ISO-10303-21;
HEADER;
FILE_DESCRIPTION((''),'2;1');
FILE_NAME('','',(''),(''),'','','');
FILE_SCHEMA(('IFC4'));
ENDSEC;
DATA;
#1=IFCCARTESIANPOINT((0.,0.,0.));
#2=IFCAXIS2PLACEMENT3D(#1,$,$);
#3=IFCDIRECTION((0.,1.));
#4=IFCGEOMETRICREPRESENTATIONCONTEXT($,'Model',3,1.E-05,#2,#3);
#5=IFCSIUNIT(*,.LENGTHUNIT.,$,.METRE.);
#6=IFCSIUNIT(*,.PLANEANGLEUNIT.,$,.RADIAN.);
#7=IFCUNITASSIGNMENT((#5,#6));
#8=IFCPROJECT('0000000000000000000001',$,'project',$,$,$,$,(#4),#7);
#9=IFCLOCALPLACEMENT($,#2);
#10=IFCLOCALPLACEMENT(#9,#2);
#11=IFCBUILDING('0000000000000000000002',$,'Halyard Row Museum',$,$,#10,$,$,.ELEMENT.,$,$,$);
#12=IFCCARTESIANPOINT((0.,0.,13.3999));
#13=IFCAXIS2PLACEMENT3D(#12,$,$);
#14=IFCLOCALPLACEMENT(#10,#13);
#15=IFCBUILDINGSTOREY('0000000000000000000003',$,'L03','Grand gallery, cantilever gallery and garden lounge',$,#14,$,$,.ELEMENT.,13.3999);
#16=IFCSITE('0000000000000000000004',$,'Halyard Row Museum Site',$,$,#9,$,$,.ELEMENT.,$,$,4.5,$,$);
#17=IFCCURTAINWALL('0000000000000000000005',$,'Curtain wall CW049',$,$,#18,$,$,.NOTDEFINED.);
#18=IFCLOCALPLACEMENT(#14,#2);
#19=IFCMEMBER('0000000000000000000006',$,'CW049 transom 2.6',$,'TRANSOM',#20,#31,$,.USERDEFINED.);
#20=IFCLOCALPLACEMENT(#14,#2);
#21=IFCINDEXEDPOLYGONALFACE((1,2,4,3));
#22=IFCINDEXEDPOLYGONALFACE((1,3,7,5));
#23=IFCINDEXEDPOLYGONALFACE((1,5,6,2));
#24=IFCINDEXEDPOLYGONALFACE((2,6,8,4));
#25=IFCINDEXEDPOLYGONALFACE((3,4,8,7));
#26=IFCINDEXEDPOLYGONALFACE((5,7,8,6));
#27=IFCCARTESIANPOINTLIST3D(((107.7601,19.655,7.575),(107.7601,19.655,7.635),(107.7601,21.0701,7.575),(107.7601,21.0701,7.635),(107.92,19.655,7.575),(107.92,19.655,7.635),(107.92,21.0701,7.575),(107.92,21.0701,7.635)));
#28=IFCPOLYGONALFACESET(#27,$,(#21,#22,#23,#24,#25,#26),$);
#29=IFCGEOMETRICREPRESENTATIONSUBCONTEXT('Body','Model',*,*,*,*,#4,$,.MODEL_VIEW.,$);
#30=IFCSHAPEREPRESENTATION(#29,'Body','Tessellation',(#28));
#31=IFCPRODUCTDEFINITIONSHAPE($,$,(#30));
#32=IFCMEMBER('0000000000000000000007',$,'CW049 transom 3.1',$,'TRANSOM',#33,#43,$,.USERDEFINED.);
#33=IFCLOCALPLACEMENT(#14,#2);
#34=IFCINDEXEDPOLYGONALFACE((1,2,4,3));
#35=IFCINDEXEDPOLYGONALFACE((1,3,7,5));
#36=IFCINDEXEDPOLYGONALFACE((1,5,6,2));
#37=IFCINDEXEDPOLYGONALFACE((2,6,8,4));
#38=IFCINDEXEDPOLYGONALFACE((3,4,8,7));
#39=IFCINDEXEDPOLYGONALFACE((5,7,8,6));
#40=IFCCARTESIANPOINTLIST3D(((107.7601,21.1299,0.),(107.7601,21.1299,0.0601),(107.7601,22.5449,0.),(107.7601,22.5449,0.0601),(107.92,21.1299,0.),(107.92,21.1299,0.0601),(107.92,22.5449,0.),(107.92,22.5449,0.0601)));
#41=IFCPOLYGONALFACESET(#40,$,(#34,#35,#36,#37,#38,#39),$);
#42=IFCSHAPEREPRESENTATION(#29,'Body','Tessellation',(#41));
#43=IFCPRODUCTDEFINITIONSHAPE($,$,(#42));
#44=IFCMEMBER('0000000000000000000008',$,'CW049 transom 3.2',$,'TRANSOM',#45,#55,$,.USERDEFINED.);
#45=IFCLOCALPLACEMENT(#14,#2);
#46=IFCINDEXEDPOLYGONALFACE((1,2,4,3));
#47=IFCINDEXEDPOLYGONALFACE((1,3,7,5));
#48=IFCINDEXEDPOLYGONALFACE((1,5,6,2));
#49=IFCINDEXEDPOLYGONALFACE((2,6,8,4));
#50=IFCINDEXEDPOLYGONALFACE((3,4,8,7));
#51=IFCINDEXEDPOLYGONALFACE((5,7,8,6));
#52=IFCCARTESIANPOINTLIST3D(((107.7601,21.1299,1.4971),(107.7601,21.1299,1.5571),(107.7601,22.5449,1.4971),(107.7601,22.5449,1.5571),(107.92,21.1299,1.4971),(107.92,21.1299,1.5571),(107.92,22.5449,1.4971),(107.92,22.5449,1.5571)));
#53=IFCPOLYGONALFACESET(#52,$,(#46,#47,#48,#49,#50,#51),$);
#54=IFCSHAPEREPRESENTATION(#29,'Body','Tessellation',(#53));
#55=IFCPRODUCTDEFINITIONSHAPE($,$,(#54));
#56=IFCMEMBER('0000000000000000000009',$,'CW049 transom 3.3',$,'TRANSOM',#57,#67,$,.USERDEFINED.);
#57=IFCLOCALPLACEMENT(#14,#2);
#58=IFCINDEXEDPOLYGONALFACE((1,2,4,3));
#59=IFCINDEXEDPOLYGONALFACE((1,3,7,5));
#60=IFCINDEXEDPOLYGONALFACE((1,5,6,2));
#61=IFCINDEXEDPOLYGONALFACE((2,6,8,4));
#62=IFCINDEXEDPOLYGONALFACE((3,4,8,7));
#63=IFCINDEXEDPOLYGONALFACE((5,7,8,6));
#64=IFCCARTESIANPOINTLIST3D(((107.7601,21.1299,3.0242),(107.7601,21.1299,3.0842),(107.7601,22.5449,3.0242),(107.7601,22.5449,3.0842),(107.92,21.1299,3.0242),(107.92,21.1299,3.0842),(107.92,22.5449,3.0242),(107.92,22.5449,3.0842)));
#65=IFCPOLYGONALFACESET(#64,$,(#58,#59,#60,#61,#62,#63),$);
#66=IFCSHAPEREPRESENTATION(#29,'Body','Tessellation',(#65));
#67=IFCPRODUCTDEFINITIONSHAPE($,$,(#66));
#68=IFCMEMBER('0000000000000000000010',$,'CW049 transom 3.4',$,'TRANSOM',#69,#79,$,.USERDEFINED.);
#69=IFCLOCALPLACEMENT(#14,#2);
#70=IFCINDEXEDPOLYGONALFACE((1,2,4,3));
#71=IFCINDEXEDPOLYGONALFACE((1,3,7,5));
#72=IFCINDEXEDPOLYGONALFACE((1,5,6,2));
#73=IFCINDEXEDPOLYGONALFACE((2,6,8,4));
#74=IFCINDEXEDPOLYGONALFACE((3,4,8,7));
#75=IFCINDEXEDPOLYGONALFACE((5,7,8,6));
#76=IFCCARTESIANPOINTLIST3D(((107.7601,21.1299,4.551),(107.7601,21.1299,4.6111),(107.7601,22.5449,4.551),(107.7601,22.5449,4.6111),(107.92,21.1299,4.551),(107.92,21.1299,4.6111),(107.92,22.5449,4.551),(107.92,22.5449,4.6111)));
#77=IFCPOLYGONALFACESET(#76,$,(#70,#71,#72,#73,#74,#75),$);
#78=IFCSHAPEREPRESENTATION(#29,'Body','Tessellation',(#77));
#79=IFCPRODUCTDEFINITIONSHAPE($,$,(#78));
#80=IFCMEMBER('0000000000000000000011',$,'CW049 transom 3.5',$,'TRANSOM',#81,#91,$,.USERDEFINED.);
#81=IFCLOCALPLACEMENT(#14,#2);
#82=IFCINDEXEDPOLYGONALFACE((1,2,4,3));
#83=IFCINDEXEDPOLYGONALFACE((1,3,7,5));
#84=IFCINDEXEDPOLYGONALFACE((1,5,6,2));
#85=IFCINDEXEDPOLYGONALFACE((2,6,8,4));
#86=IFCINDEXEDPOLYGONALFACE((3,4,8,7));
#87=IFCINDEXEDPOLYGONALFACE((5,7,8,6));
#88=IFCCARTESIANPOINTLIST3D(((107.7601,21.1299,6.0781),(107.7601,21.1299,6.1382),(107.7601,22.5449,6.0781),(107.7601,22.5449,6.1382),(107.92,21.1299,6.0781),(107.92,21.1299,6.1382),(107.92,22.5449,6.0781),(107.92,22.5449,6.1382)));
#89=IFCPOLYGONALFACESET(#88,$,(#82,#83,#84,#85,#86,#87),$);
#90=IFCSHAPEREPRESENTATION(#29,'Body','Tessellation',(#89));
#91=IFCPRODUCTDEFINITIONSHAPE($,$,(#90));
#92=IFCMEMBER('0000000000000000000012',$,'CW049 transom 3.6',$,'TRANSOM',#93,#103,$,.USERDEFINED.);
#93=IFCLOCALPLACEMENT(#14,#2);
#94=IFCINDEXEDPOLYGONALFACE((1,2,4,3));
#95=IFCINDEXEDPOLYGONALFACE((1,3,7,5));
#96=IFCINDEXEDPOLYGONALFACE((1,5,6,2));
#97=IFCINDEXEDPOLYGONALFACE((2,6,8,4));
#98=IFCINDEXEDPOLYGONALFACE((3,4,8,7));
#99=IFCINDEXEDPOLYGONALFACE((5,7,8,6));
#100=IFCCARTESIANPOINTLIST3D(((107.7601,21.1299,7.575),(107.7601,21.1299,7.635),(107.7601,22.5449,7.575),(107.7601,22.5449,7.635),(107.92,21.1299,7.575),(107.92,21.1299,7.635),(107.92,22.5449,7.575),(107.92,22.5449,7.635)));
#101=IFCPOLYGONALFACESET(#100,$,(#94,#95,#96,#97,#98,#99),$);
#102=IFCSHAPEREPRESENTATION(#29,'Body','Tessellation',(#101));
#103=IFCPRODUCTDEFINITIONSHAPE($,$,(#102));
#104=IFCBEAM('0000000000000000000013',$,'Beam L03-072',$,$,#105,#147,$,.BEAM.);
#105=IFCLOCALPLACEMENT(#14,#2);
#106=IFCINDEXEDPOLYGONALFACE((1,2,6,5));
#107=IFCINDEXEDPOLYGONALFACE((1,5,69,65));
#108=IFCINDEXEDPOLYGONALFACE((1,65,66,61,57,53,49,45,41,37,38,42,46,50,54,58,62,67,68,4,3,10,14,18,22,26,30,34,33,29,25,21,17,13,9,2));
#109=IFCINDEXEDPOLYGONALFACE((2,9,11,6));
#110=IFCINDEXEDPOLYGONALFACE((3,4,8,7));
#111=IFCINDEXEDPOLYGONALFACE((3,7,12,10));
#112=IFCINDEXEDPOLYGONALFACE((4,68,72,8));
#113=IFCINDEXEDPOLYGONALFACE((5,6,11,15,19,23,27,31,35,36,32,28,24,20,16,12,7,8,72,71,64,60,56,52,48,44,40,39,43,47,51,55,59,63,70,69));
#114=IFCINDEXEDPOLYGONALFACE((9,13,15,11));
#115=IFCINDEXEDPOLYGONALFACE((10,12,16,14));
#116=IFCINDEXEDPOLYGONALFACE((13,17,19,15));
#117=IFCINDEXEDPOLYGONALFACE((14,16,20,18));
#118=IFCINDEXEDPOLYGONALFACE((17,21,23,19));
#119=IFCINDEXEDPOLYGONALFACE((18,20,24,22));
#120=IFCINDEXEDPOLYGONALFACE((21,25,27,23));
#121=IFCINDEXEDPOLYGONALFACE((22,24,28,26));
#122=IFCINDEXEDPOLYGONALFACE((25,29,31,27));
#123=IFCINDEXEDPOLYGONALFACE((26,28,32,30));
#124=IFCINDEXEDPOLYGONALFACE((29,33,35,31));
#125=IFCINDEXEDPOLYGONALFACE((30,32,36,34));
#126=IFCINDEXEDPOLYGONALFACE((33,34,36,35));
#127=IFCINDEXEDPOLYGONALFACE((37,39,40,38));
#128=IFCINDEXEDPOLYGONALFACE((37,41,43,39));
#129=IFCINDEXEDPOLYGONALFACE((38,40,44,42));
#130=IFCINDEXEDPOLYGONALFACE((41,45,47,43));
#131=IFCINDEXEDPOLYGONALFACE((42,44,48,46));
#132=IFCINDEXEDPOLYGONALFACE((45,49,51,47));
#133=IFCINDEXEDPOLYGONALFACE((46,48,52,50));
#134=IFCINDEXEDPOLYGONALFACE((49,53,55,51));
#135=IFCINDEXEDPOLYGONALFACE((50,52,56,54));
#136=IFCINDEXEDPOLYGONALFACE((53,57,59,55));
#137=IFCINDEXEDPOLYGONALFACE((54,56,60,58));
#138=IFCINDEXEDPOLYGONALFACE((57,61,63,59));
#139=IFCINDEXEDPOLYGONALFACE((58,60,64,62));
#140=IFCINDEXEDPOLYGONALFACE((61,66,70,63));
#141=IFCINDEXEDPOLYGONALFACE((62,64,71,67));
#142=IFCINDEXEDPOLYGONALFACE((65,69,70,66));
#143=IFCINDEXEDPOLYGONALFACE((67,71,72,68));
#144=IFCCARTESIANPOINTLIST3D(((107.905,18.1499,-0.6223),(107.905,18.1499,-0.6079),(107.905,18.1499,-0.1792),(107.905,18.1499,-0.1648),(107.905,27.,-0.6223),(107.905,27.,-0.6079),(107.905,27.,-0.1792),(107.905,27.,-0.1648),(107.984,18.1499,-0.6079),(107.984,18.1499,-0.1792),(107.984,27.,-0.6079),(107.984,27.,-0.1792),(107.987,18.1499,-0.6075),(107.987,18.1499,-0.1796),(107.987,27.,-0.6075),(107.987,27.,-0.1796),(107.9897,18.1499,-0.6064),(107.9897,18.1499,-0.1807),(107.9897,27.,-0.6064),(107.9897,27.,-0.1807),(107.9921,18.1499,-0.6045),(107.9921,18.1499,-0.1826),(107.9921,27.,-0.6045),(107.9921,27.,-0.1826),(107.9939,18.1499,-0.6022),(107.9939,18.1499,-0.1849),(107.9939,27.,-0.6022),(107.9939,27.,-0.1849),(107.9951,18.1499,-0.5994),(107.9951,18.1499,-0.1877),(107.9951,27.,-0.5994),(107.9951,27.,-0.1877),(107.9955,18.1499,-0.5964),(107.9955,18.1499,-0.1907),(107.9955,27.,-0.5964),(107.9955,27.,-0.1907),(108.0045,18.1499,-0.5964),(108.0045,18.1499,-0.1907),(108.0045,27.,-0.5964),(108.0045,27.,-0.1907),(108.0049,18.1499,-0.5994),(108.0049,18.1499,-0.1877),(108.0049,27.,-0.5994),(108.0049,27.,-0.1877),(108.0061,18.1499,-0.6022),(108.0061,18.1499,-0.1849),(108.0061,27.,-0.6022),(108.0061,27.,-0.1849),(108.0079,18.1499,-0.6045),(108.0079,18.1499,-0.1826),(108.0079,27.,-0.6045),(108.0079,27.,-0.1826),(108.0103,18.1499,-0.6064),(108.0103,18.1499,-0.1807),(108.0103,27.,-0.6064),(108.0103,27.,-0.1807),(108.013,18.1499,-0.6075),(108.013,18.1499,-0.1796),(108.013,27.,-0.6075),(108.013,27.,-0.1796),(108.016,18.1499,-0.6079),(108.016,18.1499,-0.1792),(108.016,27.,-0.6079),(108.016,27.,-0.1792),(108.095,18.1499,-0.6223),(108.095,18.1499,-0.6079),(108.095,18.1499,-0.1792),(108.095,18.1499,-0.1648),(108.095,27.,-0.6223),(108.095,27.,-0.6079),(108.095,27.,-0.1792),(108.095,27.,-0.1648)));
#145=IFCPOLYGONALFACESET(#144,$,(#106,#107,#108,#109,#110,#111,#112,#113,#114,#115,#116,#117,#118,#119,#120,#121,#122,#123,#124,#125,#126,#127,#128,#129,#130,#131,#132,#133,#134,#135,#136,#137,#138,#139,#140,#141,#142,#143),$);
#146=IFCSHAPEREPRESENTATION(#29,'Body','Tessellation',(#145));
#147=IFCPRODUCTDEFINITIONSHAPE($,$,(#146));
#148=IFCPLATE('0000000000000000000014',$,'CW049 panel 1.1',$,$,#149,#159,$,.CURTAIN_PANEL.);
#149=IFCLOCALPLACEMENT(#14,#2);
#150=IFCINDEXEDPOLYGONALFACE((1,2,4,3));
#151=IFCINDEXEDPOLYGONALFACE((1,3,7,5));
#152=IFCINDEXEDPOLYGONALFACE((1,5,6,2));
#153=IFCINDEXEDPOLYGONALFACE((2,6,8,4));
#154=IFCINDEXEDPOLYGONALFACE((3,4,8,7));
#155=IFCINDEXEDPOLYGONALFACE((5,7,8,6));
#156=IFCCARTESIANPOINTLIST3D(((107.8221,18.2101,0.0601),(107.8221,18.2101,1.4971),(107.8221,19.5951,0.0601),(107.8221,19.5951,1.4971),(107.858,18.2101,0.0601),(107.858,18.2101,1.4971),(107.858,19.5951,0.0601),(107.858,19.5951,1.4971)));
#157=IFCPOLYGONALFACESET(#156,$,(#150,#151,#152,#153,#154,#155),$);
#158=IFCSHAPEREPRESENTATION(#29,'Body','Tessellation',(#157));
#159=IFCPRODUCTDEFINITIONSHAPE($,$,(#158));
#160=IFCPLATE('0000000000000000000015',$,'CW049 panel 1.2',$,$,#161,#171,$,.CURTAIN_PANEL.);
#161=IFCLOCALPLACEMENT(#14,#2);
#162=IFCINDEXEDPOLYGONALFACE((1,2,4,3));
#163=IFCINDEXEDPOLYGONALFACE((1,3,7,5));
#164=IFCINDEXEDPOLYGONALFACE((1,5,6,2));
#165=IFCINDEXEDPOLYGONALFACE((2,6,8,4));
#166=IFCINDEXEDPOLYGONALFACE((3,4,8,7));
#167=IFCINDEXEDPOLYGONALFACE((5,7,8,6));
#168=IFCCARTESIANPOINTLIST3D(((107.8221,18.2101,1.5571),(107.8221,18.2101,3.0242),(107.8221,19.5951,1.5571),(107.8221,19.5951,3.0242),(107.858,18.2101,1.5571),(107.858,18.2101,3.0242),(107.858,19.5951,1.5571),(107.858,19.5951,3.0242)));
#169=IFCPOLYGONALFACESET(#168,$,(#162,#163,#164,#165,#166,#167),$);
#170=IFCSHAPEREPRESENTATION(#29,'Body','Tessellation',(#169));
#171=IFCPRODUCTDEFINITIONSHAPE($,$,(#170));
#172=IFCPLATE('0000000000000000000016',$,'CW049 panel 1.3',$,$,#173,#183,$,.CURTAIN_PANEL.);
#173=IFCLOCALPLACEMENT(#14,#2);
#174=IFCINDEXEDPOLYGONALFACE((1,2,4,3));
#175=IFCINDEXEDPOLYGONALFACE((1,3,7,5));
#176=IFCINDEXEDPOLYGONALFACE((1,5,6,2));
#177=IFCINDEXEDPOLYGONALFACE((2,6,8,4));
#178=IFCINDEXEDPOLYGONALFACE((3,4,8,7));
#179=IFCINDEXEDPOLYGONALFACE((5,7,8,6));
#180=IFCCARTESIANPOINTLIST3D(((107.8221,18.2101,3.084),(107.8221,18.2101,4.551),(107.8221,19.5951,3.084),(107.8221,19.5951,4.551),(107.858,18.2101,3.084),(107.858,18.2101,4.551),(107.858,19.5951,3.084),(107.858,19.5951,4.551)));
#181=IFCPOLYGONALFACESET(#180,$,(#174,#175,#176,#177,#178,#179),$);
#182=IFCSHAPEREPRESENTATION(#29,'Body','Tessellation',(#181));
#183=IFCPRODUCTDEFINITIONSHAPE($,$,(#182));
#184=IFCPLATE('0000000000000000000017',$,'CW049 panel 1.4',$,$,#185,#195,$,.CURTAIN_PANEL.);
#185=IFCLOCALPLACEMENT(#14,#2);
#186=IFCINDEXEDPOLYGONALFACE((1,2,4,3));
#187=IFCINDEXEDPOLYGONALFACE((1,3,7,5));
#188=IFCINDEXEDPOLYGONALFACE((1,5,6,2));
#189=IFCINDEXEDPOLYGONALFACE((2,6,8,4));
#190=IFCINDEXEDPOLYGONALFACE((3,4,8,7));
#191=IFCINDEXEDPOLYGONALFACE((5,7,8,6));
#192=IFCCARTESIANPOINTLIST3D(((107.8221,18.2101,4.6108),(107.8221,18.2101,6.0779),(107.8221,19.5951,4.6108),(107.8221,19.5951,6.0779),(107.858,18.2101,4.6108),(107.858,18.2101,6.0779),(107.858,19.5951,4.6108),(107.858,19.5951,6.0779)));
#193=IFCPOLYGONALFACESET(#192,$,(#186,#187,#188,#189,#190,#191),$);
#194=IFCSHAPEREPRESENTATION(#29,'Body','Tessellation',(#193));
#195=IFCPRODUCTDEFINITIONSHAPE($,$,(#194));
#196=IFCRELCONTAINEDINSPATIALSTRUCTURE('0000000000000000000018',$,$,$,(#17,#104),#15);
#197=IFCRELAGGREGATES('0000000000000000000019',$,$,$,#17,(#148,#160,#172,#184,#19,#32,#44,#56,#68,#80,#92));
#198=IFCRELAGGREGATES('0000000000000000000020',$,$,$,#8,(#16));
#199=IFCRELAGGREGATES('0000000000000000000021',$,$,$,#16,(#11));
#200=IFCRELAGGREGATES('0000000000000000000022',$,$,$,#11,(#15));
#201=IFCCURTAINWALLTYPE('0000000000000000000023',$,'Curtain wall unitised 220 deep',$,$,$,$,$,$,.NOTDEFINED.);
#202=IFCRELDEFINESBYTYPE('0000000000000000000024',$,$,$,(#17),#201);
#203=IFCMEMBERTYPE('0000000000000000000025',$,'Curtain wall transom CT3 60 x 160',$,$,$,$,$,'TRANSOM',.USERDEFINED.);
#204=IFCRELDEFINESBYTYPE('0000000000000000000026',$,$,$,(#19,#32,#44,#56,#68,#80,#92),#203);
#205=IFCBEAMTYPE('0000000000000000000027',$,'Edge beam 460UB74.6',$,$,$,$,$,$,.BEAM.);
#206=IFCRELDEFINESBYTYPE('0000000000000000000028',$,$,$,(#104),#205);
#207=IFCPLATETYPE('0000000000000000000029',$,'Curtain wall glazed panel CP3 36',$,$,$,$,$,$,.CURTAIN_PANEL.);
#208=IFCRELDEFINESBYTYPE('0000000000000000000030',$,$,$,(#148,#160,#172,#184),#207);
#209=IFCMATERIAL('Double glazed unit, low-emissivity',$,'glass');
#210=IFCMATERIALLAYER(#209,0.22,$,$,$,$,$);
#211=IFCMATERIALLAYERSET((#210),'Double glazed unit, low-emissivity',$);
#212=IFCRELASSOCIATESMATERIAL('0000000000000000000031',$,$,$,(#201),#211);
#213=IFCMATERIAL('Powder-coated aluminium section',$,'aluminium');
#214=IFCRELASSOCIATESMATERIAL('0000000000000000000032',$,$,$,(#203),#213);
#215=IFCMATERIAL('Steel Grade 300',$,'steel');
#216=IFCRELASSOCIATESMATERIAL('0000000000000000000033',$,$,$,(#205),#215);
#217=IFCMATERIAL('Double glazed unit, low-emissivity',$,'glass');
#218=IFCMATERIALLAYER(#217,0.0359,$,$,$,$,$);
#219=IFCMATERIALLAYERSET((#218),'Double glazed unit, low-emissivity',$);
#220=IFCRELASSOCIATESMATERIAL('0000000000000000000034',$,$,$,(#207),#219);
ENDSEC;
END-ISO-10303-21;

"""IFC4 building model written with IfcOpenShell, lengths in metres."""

from ifc_helpers import new_model, si_unit, direction, frame, origin, origin_2d, place, context, subcontext, project, spatial, rectangle, i_section, extrude, material, layer, layer_set, material_profile, profile_set, type_object, element, aggregate, save


model = new_model("IFC4")

# Units and contexts
model_context = context("Model", 3, precision=1e-05, world=origin(), true_north=direction((0.0, 1.0)))
body_context = subcontext(model_context, "Body", "Model", "MODEL_VIEW")
ifc_project = project(units=[si_unit("LENGTHUNIT", "METRE"), si_unit("PLANEANGLEUNIT", "RADIAN")], contexts=[model_context])

# Site, building, storey
site_placement = place(None, origin())
site = spatial("IfcSite", under=ifc_project, at=site_placement, Name="Halyard Row Museum Site", CompositionType="ELEMENT", RefElevation=4.5)
building_placement = place(site_placement, origin())
building = spatial("IfcBuilding", under=site, at=building_placement, Name="Halyard Row Museum", CompositionType="ELEMENT")
storey_placement = place(building_placement, frame((0.0, 0.0, 13.3999)))
storey = spatial("IfcBuildingStorey", under=building, at=storey_placement, Name="L03", Description="Grand gallery, cantilever gallery and garden lounge", CompositionType="ELEMENT", Elevation=13.3999)

# Curtain wall, members
ifc_material_1 = material(Name="Double glazed unit, low-emissivity", Category="glass")
ifc_layer_1 = layer(ifc_material_1, 0.22)
ifc_layer_set_1 = layer_set([ifc_layer_1], Name="Double glazed unit, low-emissivity")
curtain_wall_type = type_object("IfcCurtainWallType", Name="Curtain wall unitised 220 deep", PredefinedType="NOTDEFINED", material=ifc_layer_set_1)
curtain_wall_placement = place(storey_placement, origin())
curtain_wall = element("IfcCurtainWall", 1, at=curtain_wall_placement, inside=storey, type_object=curtain_wall_type, Name="Curtain wall CW049", PredefinedType="NOTDEFINED")
ifc_material_2 = material(Name="Powder-coated aluminium section", Category="aluminium")
ifc_material_profile_1 = material_profile(ifc_material_2, rectangle(XDim=0.1599, YDim=0.0601, at=origin_2d()), Name="160x60 transom")
ifc_profile_set_1 = profile_set([ifc_material_profile_1], Name="Powder-coated aluminium section")
member_type_1 = type_object("IfcMemberType", Name="Curtain wall transom CT3 60 x 160", ElementType="TRANSOM", PredefinedType="USERDEFINED", material=ifc_profile_set_1)
member_1_placement = place(storey_placement, frame((107.8401, 19.655, 7.605), z_axis=(0.0, 1.0, 0.0), x_axis=(-1.0, 0.0, 0.0)))
member_1 = element("IfcMember", 2, at=member_1_placement, type_object=member_type_1, Name="CW049 transom 2.6", ObjectType="TRANSOM", PredefinedType="USERDEFINED", context=body_context, shape_type="SweptSolid", body=[
    extrude(rectangle(XDim=0.1599, YDim=0.0601, at=origin_2d()), origin(), (0.0, 0.0, 1.0), 1.415),
])
member_2_placement = place(storey_placement, frame((107.8401, 21.1299, 0.03), z_axis=(0.0, 1.0, 0.0), x_axis=(-1.0, 0.0, 0.0)))
member_2 = element("IfcMember", 3, at=member_2_placement, type_object=member_type_1, Name="CW049 transom 3.1", ObjectType="TRANSOM", PredefinedType="USERDEFINED", context=body_context, shape_type="SweptSolid", body=[
    extrude(rectangle(XDim=0.1599, YDim=0.0601, at=origin_2d()), origin(), (0.0, 0.0, 1.0), 1.415),
])
member_3_placement = place(storey_placement, frame((107.8401, 21.1299, 1.5271), z_axis=(0.0, 1.0, 0.0), x_axis=(-1.0, 0.0, 0.0)))
member_3 = element("IfcMember", 4, at=member_3_placement, type_object=member_type_1, Name="CW049 transom 3.2", ObjectType="TRANSOM", PredefinedType="USERDEFINED", context=body_context, shape_type="SweptSolid", body=[
    extrude(rectangle(XDim=0.1599, YDim=0.0601, at=origin_2d()), origin(), (0.0, 0.0, 1.0), 1.415),
])
member_4_placement = place(storey_placement, frame((107.8401, 21.1299, 3.0542), z_axis=(0.0, 1.0, 0.0), x_axis=(-1.0, 0.0, 0.0)))
member_4 = element("IfcMember", 5, at=member_4_placement, type_object=member_type_1, Name="CW049 transom 3.3", ObjectType="TRANSOM", PredefinedType="USERDEFINED", context=body_context, shape_type="SweptSolid", body=[
    extrude(rectangle(XDim=0.1599, YDim=0.0601, at=origin_2d()), origin(), (0.0, 0.0, 1.0), 1.415),
])
member_5_placement = place(storey_placement, frame((107.8401, 21.1299, 4.5811), z_axis=(0.0, 1.0, 0.0), x_axis=(-1.0, 0.0, 0.0)))
member_5 = element("IfcMember", 6, at=member_5_placement, type_object=member_type_1, Name="CW049 transom 3.4", ObjectType="TRANSOM", PredefinedType="USERDEFINED", context=body_context, shape_type="SweptSolid", body=[
    extrude(rectangle(XDim=0.1599, YDim=0.0601, at=origin_2d()), origin(), (0.0, 0.0, 1.0), 1.415),
])
member_6_placement = place(storey_placement, frame((107.8401, 21.1299, 6.1082), z_axis=(0.0, 1.0, 0.0), x_axis=(-1.0, 0.0, 0.0)))
member_6 = element("IfcMember", 7, at=member_6_placement, type_object=member_type_1, Name="CW049 transom 3.5", ObjectType="TRANSOM", PredefinedType="USERDEFINED", context=body_context, shape_type="SweptSolid", body=[
    extrude(rectangle(XDim=0.1599, YDim=0.0601, at=origin_2d()), origin(), (0.0, 0.0, 1.0), 1.415),
])
member_7_placement = place(storey_placement, frame((107.8401, 21.1299, 7.605), z_axis=(0.0, 1.0, 0.0), x_axis=(-1.0, 0.0, 0.0)))
member_7 = element("IfcMember", 8, at=member_7_placement, type_object=member_type_1, Name="CW049 transom 3.6", ObjectType="TRANSOM", PredefinedType="USERDEFINED", context=body_context, shape_type="SweptSolid", body=[
    extrude(rectangle(XDim=0.1599, YDim=0.0601, at=origin_2d()), origin(), (0.0, 0.0, 1.0), 1.415),
])

# Beam
ifc_material_3 = material(Name="Steel Grade 300", Category="steel")
ifc_material_profile_2 = material_profile(ifc_material_3, i_section(OverallWidth=0.1899, OverallDepth=0.4575, WebThickness=0.009, FlangeThickness=0.0144, FilletRadius=0.0115, at=origin_2d()), Name="460UB74.6")
ifc_profile_set_2 = profile_set([ifc_material_profile_2], Name="Steel Grade 300")
beam_type = type_object("IfcBeamType", Name="Edge beam 460UB74.6", PredefinedType="BEAM", material=ifc_profile_set_2)
beam_placement = place(storey_placement, frame((108.0, 18.1499, -0.3936), z_axis=(0.0, 1.0, 0.0), x_axis=(-1.0, 0.0, 0.0)))
element("IfcBeam", 9, at=beam_placement, inside=storey, type_object=beam_type, Name="Beam L03-072", PredefinedType="BEAM", context=body_context, shape_type="SweptSolid", body=[
    extrude(i_section(OverallWidth=0.1899, OverallDepth=0.4575, WebThickness=0.009, FlangeThickness=0.0144, FilletRadius=0.0115, at=origin_2d()), origin(), (0.0, 0.0, 1.0), 8.8501),
])

# Plates
ifc_material_4 = material(Name="Double glazed unit, low-emissivity", Category="glass")
ifc_layer_2 = layer(ifc_material_4, 0.0359)
ifc_layer_set_2 = layer_set([ifc_layer_2], Name="Double glazed unit, low-emissivity")
plate_type = type_object("IfcPlateType", Name="Curtain wall glazed panel CP3 36", PredefinedType="CURTAIN_PANEL", material=ifc_layer_set_2)
plate_1_placement = place(storey_placement, frame((107.8401, 18.9026, 0.0601), z_axis=(0.0, 0.0, 1.0), x_axis=(0.0, 1.0, 0.0)))
plate_1 = element("IfcPlate", 10, at=plate_1_placement, type_object=plate_type, Name="CW049 panel 1.1", PredefinedType="CURTAIN_PANEL", context=body_context, shape_type="SweptSolid", body=[
    extrude(rectangle(XDim=1.385, YDim=0.0359, at=origin_2d()), origin(), (0.0, 0.0, 1.0), 1.437),
])
plate_2_placement = place(storey_placement, frame((107.8401, 18.9026, 1.5571), z_axis=(0.0, 0.0, 1.0), x_axis=(0.0, 1.0, 0.0)))
plate_2 = element("IfcPlate", 11, at=plate_2_placement, type_object=plate_type, Name="CW049 panel 1.2", PredefinedType="CURTAIN_PANEL", context=body_context, shape_type="SweptSolid", body=[
    extrude(rectangle(XDim=1.385, YDim=0.0359, at=origin_2d()), origin(), (0.0, 0.0, 1.0), 1.467),
])
plate_3_placement = place(storey_placement, frame((107.8401, 18.9026, 3.084), z_axis=(0.0, 0.0, 1.0), x_axis=(0.0, 1.0, 0.0)))
plate_3 = element("IfcPlate", 12, at=plate_3_placement, type_object=plate_type, Name="CW049 panel 1.3", PredefinedType="CURTAIN_PANEL", context=body_context, shape_type="SweptSolid", body=[
    extrude(rectangle(XDim=1.385, YDim=0.0359, at=origin_2d()), origin(), (0.0, 0.0, 1.0), 1.467),
])
plate_4_placement = place(storey_placement, frame((107.8401, 18.9026, 4.6108), z_axis=(0.0, 0.0, 1.0), x_axis=(0.0, 1.0, 0.0)))
plate_4 = element("IfcPlate", 13, at=plate_4_placement, type_object=plate_type, Name="CW049 panel 1.4", PredefinedType="CURTAIN_PANEL", context=body_context, shape_type="SweptSolid", body=[
    extrude(rectangle(XDim=1.385, YDim=0.0359, at=origin_2d()), origin(), (0.0, 0.0, 1.0), 1.467),
])
aggregate(curtain_wall, [plate_1, plate_2, plate_3, plate_4, member_1, member_2, member_3, member_4, member_5, member_6, member_7])

save(model, "model.ifc")
